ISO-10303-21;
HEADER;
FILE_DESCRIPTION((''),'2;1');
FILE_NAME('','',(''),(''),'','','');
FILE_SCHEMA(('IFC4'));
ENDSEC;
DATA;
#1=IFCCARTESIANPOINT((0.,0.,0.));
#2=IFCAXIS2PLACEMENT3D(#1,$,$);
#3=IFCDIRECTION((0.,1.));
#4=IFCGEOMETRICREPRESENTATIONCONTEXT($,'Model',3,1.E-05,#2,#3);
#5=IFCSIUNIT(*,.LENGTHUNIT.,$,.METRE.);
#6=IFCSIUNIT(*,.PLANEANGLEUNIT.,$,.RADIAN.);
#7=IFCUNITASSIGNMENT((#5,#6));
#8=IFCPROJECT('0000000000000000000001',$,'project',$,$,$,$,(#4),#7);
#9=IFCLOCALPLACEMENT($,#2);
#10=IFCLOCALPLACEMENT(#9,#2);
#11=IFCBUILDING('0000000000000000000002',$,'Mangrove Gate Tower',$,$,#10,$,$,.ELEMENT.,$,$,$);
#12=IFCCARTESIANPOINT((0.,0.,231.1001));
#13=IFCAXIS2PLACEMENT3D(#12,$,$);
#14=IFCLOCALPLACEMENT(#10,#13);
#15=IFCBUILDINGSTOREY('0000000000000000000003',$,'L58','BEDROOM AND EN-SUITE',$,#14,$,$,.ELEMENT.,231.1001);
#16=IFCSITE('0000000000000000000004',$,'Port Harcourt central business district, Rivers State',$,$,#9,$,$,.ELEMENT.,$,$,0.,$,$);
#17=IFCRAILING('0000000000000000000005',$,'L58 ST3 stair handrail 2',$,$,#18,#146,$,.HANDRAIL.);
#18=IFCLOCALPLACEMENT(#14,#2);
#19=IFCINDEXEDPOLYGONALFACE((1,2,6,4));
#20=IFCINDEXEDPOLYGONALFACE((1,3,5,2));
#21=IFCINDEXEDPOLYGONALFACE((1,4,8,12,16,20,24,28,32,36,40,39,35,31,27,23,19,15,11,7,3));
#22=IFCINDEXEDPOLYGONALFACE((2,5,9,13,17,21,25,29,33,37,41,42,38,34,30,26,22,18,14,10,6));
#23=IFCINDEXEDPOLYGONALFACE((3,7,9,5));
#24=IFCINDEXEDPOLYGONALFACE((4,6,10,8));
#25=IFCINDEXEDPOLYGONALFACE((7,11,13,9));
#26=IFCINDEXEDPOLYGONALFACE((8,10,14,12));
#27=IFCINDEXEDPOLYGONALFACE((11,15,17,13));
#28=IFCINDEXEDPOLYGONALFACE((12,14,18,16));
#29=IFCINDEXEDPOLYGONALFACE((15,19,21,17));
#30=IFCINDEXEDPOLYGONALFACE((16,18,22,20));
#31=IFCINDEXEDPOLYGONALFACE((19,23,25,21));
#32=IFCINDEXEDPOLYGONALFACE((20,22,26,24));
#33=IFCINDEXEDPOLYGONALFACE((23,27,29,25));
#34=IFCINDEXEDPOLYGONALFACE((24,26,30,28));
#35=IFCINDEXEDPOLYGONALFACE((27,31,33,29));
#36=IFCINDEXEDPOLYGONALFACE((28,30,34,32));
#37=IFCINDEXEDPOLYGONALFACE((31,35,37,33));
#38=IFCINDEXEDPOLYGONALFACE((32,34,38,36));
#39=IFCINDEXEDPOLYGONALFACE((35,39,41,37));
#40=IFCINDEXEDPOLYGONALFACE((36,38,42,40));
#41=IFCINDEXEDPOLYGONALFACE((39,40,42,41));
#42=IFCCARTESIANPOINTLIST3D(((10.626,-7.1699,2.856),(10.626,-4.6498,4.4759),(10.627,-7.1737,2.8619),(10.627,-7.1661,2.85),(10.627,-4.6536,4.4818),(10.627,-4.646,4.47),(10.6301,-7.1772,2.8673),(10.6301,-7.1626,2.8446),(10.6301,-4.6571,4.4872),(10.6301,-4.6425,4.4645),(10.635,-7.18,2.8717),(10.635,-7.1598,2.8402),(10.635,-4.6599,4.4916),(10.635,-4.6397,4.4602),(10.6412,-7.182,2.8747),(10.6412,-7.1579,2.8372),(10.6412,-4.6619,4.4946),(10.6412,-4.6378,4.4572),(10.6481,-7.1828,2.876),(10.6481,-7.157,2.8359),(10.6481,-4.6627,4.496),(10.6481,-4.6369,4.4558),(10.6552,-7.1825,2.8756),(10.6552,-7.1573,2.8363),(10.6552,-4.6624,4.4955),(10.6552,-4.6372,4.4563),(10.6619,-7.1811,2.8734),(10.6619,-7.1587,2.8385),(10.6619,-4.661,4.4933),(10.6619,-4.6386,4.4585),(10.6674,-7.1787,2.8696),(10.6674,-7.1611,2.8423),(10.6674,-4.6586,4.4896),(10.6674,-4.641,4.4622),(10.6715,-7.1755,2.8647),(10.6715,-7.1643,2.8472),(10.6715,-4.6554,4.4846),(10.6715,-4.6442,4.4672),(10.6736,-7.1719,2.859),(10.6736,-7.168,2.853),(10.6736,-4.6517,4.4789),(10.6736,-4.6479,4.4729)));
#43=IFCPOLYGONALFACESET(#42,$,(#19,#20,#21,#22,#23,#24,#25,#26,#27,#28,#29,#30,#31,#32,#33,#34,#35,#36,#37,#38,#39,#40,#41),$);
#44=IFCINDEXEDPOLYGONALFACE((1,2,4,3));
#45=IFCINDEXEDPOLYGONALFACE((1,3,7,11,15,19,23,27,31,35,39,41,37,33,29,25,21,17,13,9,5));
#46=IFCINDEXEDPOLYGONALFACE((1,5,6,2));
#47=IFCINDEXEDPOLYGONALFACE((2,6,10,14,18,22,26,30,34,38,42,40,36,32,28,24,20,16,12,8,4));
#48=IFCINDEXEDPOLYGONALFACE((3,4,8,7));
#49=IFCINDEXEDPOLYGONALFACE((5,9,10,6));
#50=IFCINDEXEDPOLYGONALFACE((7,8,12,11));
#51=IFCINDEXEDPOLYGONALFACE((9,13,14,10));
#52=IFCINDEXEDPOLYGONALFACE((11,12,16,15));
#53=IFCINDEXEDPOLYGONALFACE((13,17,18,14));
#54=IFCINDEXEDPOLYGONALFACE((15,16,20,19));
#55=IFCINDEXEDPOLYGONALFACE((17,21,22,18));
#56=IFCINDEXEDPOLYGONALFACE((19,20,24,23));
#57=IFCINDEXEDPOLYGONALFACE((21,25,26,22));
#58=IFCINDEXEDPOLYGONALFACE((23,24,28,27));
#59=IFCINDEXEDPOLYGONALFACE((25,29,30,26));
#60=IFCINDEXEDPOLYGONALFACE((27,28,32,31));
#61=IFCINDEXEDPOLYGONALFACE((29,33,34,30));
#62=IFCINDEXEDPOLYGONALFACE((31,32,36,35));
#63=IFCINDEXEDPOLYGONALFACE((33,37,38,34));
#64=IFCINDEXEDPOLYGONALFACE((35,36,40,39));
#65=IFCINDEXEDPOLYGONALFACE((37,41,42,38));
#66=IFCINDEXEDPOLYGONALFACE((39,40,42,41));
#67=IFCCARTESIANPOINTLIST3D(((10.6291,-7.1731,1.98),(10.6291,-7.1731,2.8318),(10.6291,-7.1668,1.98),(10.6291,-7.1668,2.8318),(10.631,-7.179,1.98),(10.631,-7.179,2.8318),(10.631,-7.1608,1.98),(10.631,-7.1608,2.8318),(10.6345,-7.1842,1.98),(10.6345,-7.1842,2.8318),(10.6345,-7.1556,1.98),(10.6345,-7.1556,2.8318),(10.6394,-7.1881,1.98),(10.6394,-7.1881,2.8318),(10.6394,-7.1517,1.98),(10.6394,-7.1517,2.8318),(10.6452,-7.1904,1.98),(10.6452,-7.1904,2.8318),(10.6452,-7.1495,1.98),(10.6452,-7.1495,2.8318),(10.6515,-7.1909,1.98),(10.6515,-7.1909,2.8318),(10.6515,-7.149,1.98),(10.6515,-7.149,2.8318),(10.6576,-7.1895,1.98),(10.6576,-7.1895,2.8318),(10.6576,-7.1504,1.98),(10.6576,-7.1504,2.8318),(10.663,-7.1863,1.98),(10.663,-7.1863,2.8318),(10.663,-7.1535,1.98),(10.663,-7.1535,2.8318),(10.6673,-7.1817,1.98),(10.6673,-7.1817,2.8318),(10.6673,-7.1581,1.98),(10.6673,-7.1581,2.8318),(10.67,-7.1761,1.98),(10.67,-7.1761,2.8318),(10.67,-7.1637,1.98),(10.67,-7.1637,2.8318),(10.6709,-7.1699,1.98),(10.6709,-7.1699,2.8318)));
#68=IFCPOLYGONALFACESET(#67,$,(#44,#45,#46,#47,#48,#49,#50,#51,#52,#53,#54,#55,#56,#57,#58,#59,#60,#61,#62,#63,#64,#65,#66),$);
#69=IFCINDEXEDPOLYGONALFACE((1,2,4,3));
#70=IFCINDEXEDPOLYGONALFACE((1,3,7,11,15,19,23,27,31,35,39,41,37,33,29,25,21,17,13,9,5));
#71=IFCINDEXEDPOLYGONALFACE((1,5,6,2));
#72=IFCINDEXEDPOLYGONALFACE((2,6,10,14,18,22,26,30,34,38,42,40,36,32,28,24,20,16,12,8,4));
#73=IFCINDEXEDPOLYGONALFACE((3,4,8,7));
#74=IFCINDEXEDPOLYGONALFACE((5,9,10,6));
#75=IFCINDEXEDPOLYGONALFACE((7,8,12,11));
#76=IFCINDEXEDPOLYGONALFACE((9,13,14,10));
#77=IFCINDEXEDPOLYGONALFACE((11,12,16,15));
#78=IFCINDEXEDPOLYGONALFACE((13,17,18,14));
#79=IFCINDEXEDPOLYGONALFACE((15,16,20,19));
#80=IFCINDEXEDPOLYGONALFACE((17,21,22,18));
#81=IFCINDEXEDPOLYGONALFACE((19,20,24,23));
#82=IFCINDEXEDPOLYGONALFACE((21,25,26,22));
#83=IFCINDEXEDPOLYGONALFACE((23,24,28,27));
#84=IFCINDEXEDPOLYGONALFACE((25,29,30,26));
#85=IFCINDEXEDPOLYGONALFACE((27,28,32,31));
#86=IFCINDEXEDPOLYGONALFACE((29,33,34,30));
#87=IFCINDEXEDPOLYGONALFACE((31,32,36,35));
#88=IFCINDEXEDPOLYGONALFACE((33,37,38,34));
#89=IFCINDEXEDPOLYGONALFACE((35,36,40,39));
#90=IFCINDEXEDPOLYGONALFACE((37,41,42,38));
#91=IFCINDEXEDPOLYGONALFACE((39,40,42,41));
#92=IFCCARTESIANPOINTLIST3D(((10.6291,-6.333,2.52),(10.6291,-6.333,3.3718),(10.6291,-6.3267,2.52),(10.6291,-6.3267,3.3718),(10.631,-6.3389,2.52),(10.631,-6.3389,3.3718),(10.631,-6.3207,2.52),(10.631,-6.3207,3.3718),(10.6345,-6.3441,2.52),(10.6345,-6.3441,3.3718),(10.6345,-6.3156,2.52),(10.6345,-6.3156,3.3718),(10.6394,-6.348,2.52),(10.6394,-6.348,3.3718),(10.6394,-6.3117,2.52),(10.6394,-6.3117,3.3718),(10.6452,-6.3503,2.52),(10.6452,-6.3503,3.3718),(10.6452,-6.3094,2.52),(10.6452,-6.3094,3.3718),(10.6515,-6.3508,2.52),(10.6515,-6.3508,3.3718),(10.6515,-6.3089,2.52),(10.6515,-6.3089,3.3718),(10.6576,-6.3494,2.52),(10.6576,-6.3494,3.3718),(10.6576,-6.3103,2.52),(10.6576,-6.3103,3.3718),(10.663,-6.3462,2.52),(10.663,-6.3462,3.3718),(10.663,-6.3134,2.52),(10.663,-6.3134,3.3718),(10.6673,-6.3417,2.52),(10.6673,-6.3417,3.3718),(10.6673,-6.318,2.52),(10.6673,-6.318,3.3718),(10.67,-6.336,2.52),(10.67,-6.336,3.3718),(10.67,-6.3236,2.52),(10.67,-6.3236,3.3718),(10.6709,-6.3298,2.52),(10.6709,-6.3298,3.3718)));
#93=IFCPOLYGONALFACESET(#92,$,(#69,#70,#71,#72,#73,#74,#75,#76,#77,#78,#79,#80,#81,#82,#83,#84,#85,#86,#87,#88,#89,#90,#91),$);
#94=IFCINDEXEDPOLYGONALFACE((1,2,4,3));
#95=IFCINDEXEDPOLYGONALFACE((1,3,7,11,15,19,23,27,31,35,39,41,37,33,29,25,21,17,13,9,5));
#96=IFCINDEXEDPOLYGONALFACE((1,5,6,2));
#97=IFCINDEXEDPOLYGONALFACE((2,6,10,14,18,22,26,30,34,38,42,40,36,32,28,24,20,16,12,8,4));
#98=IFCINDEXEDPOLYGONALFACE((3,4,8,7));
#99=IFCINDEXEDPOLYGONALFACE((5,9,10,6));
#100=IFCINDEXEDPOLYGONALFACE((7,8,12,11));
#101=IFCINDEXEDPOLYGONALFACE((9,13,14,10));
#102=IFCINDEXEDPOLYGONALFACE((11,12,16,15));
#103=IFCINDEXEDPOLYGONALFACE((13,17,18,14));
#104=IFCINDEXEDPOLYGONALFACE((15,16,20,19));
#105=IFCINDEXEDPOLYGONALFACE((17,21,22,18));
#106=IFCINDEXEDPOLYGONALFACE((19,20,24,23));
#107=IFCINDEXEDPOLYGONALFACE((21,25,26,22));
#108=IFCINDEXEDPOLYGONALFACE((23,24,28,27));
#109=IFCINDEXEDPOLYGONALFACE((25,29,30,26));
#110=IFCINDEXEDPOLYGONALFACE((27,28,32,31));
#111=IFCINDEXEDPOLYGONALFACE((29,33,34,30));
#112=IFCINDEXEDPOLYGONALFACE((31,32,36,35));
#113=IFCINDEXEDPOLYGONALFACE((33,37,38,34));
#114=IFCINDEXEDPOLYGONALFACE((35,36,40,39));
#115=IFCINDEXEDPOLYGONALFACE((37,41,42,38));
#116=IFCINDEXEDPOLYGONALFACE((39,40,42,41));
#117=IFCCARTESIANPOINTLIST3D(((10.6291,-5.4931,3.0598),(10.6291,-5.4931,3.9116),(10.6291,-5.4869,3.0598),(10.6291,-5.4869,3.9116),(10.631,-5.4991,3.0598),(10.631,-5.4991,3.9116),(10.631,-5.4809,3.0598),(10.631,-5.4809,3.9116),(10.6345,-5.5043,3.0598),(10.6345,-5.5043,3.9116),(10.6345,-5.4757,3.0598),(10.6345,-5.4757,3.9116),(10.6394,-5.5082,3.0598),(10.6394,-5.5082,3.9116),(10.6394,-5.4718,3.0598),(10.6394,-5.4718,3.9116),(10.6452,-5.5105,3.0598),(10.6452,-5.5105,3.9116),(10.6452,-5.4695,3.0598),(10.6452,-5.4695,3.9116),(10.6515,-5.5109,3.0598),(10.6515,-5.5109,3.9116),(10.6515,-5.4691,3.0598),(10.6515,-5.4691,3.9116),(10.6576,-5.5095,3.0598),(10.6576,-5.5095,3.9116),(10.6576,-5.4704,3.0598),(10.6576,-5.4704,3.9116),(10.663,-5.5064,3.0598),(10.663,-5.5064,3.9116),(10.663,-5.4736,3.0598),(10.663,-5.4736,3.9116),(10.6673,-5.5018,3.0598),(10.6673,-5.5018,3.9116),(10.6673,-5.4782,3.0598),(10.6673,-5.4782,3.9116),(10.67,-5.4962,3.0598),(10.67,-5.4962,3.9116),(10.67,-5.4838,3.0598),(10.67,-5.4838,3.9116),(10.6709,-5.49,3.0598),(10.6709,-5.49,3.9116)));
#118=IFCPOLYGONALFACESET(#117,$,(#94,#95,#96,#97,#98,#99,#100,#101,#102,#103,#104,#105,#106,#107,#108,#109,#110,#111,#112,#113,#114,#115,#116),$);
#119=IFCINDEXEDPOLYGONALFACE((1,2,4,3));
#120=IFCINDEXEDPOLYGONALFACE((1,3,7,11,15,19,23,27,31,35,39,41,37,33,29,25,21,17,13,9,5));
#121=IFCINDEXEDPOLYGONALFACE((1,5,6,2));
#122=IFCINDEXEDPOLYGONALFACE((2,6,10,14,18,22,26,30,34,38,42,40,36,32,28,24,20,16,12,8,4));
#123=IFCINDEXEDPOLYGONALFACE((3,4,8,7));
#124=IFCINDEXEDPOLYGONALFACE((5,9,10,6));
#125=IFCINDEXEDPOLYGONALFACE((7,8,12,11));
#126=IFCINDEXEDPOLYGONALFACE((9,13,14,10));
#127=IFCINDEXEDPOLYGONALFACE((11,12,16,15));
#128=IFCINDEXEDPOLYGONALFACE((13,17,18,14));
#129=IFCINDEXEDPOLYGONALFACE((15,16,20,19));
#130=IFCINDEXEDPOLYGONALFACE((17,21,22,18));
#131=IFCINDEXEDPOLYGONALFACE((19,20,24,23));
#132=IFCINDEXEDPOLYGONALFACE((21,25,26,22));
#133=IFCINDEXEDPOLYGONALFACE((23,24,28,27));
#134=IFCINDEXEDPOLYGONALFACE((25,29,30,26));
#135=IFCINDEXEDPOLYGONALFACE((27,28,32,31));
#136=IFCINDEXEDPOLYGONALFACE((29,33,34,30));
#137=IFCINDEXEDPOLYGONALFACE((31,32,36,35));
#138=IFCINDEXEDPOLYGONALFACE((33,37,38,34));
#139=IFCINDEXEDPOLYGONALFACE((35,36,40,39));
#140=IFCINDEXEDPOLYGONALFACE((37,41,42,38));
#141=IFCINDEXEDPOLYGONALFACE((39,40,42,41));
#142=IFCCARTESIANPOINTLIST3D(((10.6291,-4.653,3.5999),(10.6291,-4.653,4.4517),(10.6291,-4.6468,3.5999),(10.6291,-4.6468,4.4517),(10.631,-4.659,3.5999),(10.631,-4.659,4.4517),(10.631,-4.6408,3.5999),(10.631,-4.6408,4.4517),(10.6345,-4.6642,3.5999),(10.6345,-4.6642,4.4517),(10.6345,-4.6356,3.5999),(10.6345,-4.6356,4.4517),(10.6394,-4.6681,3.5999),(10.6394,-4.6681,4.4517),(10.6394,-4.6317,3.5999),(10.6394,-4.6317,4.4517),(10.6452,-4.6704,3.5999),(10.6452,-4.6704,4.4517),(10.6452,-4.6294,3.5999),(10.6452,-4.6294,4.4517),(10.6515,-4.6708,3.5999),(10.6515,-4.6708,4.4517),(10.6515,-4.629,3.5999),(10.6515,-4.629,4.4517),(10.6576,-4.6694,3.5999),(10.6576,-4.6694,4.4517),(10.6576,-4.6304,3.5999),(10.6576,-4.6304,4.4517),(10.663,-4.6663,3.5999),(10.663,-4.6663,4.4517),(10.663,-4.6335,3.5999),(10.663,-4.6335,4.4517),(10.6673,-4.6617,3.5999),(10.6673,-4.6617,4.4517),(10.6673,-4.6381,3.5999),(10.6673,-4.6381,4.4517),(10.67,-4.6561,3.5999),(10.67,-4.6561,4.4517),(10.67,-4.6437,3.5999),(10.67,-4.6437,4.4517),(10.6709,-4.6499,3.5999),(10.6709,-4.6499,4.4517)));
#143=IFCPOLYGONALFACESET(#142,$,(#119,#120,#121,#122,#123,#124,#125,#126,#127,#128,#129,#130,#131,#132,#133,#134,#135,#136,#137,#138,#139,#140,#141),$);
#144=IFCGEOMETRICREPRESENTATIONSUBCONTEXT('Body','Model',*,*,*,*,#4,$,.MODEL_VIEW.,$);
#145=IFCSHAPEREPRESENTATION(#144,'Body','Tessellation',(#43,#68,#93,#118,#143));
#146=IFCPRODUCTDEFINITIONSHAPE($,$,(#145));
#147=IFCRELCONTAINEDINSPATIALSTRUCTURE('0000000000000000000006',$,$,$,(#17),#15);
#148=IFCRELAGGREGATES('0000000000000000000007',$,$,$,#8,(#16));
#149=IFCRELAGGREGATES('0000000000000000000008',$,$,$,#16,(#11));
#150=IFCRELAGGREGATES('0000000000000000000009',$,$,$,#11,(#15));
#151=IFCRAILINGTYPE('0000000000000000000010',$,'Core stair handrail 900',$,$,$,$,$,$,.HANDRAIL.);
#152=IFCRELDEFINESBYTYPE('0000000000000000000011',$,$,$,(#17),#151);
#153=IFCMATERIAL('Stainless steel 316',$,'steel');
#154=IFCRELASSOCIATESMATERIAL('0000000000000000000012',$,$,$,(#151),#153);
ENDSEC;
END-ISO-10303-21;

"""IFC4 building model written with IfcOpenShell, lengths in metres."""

from ifc_helpers import new_model, si_unit, direction, frame, origin, origin_2d, place, context, subcontext, project, spatial, circle, extrude, material, type_object, element, save


model = new_model("IFC4")

# Units and contexts
model_context = context("Model", 3, precision=1e-05, world=origin(), true_north=direction((0.0, 1.0)))
body_context = subcontext(model_context, "Body", "Model", "MODEL_VIEW")
ifc_project = project(units=[si_unit("LENGTHUNIT", "METRE"), si_unit("PLANEANGLEUNIT", "RADIAN")], contexts=[model_context])

# Site, building, storey
site_placement = place(None, origin())
site = spatial("IfcSite", under=ifc_project, at=site_placement, Name="Port Harcourt central business district, Rivers State", CompositionType="ELEMENT", RefElevation=0.0)
building_placement = place(site_placement, origin())
building = spatial("IfcBuilding", under=site, at=building_placement, Name="Mangrove Gate Tower", CompositionType="ELEMENT")
storey_placement = place(building_placement, frame((0.0, 0.0, 231.1001)))
storey = spatial("IfcBuildingStorey", under=building, at=storey_placement, Name="L58", Description="BEDROOM AND EN-SUITE", CompositionType="ELEMENT", Elevation=231.1001)

# Railing
ifc_material_1 = material(Name="Stainless steel 316", Category="steel")
railing_type_1 = type_object("IfcRailingType", Name="Core stair handrail 900", PredefinedType="HANDRAIL", material=ifc_material_1)
railing_1_placement = place(storey_placement, frame((10.6499, -7.1699, 1.98)))
element("IfcRailing", 1, at=railing_1_placement, inside=storey, type_object=railing_type_1, Name="L58 ST3 stair handrail 2", PredefinedType="HANDRAIL", context=body_context, shape_type="SweptSolid", body=[
    extrude(circle(Radius=0.0239, at=origin_2d()), frame((0.0, 0.0, 0.876), z_axis=(0.0, 0.8412, 0.540725), x_axis=(-1.0, 0.0, 0.0)), (0.0, 0.0, 1.0), 2.9958),
    extrude(circle(Radius=0.021, at=origin_2d()), origin(), (0.0, 0.0, 1.0), 0.8518),
    extrude(circle(Radius=0.021, at=origin_2d()), frame((0.0, 0.8401, 0.54)), (0.0, 0.0, 1.0), 0.8518),
    extrude(circle(Radius=0.021, at=origin_2d()), frame((0.0, 1.6799, 1.0798)), (0.0, 0.0, 1.0), 0.8518),
    extrude(circle(Radius=0.021, at=origin_2d()), frame((0.0, 2.52, 1.6199)), (0.0, 0.0, 1.0), 0.8518),
])

save(model, "model.ifc")
